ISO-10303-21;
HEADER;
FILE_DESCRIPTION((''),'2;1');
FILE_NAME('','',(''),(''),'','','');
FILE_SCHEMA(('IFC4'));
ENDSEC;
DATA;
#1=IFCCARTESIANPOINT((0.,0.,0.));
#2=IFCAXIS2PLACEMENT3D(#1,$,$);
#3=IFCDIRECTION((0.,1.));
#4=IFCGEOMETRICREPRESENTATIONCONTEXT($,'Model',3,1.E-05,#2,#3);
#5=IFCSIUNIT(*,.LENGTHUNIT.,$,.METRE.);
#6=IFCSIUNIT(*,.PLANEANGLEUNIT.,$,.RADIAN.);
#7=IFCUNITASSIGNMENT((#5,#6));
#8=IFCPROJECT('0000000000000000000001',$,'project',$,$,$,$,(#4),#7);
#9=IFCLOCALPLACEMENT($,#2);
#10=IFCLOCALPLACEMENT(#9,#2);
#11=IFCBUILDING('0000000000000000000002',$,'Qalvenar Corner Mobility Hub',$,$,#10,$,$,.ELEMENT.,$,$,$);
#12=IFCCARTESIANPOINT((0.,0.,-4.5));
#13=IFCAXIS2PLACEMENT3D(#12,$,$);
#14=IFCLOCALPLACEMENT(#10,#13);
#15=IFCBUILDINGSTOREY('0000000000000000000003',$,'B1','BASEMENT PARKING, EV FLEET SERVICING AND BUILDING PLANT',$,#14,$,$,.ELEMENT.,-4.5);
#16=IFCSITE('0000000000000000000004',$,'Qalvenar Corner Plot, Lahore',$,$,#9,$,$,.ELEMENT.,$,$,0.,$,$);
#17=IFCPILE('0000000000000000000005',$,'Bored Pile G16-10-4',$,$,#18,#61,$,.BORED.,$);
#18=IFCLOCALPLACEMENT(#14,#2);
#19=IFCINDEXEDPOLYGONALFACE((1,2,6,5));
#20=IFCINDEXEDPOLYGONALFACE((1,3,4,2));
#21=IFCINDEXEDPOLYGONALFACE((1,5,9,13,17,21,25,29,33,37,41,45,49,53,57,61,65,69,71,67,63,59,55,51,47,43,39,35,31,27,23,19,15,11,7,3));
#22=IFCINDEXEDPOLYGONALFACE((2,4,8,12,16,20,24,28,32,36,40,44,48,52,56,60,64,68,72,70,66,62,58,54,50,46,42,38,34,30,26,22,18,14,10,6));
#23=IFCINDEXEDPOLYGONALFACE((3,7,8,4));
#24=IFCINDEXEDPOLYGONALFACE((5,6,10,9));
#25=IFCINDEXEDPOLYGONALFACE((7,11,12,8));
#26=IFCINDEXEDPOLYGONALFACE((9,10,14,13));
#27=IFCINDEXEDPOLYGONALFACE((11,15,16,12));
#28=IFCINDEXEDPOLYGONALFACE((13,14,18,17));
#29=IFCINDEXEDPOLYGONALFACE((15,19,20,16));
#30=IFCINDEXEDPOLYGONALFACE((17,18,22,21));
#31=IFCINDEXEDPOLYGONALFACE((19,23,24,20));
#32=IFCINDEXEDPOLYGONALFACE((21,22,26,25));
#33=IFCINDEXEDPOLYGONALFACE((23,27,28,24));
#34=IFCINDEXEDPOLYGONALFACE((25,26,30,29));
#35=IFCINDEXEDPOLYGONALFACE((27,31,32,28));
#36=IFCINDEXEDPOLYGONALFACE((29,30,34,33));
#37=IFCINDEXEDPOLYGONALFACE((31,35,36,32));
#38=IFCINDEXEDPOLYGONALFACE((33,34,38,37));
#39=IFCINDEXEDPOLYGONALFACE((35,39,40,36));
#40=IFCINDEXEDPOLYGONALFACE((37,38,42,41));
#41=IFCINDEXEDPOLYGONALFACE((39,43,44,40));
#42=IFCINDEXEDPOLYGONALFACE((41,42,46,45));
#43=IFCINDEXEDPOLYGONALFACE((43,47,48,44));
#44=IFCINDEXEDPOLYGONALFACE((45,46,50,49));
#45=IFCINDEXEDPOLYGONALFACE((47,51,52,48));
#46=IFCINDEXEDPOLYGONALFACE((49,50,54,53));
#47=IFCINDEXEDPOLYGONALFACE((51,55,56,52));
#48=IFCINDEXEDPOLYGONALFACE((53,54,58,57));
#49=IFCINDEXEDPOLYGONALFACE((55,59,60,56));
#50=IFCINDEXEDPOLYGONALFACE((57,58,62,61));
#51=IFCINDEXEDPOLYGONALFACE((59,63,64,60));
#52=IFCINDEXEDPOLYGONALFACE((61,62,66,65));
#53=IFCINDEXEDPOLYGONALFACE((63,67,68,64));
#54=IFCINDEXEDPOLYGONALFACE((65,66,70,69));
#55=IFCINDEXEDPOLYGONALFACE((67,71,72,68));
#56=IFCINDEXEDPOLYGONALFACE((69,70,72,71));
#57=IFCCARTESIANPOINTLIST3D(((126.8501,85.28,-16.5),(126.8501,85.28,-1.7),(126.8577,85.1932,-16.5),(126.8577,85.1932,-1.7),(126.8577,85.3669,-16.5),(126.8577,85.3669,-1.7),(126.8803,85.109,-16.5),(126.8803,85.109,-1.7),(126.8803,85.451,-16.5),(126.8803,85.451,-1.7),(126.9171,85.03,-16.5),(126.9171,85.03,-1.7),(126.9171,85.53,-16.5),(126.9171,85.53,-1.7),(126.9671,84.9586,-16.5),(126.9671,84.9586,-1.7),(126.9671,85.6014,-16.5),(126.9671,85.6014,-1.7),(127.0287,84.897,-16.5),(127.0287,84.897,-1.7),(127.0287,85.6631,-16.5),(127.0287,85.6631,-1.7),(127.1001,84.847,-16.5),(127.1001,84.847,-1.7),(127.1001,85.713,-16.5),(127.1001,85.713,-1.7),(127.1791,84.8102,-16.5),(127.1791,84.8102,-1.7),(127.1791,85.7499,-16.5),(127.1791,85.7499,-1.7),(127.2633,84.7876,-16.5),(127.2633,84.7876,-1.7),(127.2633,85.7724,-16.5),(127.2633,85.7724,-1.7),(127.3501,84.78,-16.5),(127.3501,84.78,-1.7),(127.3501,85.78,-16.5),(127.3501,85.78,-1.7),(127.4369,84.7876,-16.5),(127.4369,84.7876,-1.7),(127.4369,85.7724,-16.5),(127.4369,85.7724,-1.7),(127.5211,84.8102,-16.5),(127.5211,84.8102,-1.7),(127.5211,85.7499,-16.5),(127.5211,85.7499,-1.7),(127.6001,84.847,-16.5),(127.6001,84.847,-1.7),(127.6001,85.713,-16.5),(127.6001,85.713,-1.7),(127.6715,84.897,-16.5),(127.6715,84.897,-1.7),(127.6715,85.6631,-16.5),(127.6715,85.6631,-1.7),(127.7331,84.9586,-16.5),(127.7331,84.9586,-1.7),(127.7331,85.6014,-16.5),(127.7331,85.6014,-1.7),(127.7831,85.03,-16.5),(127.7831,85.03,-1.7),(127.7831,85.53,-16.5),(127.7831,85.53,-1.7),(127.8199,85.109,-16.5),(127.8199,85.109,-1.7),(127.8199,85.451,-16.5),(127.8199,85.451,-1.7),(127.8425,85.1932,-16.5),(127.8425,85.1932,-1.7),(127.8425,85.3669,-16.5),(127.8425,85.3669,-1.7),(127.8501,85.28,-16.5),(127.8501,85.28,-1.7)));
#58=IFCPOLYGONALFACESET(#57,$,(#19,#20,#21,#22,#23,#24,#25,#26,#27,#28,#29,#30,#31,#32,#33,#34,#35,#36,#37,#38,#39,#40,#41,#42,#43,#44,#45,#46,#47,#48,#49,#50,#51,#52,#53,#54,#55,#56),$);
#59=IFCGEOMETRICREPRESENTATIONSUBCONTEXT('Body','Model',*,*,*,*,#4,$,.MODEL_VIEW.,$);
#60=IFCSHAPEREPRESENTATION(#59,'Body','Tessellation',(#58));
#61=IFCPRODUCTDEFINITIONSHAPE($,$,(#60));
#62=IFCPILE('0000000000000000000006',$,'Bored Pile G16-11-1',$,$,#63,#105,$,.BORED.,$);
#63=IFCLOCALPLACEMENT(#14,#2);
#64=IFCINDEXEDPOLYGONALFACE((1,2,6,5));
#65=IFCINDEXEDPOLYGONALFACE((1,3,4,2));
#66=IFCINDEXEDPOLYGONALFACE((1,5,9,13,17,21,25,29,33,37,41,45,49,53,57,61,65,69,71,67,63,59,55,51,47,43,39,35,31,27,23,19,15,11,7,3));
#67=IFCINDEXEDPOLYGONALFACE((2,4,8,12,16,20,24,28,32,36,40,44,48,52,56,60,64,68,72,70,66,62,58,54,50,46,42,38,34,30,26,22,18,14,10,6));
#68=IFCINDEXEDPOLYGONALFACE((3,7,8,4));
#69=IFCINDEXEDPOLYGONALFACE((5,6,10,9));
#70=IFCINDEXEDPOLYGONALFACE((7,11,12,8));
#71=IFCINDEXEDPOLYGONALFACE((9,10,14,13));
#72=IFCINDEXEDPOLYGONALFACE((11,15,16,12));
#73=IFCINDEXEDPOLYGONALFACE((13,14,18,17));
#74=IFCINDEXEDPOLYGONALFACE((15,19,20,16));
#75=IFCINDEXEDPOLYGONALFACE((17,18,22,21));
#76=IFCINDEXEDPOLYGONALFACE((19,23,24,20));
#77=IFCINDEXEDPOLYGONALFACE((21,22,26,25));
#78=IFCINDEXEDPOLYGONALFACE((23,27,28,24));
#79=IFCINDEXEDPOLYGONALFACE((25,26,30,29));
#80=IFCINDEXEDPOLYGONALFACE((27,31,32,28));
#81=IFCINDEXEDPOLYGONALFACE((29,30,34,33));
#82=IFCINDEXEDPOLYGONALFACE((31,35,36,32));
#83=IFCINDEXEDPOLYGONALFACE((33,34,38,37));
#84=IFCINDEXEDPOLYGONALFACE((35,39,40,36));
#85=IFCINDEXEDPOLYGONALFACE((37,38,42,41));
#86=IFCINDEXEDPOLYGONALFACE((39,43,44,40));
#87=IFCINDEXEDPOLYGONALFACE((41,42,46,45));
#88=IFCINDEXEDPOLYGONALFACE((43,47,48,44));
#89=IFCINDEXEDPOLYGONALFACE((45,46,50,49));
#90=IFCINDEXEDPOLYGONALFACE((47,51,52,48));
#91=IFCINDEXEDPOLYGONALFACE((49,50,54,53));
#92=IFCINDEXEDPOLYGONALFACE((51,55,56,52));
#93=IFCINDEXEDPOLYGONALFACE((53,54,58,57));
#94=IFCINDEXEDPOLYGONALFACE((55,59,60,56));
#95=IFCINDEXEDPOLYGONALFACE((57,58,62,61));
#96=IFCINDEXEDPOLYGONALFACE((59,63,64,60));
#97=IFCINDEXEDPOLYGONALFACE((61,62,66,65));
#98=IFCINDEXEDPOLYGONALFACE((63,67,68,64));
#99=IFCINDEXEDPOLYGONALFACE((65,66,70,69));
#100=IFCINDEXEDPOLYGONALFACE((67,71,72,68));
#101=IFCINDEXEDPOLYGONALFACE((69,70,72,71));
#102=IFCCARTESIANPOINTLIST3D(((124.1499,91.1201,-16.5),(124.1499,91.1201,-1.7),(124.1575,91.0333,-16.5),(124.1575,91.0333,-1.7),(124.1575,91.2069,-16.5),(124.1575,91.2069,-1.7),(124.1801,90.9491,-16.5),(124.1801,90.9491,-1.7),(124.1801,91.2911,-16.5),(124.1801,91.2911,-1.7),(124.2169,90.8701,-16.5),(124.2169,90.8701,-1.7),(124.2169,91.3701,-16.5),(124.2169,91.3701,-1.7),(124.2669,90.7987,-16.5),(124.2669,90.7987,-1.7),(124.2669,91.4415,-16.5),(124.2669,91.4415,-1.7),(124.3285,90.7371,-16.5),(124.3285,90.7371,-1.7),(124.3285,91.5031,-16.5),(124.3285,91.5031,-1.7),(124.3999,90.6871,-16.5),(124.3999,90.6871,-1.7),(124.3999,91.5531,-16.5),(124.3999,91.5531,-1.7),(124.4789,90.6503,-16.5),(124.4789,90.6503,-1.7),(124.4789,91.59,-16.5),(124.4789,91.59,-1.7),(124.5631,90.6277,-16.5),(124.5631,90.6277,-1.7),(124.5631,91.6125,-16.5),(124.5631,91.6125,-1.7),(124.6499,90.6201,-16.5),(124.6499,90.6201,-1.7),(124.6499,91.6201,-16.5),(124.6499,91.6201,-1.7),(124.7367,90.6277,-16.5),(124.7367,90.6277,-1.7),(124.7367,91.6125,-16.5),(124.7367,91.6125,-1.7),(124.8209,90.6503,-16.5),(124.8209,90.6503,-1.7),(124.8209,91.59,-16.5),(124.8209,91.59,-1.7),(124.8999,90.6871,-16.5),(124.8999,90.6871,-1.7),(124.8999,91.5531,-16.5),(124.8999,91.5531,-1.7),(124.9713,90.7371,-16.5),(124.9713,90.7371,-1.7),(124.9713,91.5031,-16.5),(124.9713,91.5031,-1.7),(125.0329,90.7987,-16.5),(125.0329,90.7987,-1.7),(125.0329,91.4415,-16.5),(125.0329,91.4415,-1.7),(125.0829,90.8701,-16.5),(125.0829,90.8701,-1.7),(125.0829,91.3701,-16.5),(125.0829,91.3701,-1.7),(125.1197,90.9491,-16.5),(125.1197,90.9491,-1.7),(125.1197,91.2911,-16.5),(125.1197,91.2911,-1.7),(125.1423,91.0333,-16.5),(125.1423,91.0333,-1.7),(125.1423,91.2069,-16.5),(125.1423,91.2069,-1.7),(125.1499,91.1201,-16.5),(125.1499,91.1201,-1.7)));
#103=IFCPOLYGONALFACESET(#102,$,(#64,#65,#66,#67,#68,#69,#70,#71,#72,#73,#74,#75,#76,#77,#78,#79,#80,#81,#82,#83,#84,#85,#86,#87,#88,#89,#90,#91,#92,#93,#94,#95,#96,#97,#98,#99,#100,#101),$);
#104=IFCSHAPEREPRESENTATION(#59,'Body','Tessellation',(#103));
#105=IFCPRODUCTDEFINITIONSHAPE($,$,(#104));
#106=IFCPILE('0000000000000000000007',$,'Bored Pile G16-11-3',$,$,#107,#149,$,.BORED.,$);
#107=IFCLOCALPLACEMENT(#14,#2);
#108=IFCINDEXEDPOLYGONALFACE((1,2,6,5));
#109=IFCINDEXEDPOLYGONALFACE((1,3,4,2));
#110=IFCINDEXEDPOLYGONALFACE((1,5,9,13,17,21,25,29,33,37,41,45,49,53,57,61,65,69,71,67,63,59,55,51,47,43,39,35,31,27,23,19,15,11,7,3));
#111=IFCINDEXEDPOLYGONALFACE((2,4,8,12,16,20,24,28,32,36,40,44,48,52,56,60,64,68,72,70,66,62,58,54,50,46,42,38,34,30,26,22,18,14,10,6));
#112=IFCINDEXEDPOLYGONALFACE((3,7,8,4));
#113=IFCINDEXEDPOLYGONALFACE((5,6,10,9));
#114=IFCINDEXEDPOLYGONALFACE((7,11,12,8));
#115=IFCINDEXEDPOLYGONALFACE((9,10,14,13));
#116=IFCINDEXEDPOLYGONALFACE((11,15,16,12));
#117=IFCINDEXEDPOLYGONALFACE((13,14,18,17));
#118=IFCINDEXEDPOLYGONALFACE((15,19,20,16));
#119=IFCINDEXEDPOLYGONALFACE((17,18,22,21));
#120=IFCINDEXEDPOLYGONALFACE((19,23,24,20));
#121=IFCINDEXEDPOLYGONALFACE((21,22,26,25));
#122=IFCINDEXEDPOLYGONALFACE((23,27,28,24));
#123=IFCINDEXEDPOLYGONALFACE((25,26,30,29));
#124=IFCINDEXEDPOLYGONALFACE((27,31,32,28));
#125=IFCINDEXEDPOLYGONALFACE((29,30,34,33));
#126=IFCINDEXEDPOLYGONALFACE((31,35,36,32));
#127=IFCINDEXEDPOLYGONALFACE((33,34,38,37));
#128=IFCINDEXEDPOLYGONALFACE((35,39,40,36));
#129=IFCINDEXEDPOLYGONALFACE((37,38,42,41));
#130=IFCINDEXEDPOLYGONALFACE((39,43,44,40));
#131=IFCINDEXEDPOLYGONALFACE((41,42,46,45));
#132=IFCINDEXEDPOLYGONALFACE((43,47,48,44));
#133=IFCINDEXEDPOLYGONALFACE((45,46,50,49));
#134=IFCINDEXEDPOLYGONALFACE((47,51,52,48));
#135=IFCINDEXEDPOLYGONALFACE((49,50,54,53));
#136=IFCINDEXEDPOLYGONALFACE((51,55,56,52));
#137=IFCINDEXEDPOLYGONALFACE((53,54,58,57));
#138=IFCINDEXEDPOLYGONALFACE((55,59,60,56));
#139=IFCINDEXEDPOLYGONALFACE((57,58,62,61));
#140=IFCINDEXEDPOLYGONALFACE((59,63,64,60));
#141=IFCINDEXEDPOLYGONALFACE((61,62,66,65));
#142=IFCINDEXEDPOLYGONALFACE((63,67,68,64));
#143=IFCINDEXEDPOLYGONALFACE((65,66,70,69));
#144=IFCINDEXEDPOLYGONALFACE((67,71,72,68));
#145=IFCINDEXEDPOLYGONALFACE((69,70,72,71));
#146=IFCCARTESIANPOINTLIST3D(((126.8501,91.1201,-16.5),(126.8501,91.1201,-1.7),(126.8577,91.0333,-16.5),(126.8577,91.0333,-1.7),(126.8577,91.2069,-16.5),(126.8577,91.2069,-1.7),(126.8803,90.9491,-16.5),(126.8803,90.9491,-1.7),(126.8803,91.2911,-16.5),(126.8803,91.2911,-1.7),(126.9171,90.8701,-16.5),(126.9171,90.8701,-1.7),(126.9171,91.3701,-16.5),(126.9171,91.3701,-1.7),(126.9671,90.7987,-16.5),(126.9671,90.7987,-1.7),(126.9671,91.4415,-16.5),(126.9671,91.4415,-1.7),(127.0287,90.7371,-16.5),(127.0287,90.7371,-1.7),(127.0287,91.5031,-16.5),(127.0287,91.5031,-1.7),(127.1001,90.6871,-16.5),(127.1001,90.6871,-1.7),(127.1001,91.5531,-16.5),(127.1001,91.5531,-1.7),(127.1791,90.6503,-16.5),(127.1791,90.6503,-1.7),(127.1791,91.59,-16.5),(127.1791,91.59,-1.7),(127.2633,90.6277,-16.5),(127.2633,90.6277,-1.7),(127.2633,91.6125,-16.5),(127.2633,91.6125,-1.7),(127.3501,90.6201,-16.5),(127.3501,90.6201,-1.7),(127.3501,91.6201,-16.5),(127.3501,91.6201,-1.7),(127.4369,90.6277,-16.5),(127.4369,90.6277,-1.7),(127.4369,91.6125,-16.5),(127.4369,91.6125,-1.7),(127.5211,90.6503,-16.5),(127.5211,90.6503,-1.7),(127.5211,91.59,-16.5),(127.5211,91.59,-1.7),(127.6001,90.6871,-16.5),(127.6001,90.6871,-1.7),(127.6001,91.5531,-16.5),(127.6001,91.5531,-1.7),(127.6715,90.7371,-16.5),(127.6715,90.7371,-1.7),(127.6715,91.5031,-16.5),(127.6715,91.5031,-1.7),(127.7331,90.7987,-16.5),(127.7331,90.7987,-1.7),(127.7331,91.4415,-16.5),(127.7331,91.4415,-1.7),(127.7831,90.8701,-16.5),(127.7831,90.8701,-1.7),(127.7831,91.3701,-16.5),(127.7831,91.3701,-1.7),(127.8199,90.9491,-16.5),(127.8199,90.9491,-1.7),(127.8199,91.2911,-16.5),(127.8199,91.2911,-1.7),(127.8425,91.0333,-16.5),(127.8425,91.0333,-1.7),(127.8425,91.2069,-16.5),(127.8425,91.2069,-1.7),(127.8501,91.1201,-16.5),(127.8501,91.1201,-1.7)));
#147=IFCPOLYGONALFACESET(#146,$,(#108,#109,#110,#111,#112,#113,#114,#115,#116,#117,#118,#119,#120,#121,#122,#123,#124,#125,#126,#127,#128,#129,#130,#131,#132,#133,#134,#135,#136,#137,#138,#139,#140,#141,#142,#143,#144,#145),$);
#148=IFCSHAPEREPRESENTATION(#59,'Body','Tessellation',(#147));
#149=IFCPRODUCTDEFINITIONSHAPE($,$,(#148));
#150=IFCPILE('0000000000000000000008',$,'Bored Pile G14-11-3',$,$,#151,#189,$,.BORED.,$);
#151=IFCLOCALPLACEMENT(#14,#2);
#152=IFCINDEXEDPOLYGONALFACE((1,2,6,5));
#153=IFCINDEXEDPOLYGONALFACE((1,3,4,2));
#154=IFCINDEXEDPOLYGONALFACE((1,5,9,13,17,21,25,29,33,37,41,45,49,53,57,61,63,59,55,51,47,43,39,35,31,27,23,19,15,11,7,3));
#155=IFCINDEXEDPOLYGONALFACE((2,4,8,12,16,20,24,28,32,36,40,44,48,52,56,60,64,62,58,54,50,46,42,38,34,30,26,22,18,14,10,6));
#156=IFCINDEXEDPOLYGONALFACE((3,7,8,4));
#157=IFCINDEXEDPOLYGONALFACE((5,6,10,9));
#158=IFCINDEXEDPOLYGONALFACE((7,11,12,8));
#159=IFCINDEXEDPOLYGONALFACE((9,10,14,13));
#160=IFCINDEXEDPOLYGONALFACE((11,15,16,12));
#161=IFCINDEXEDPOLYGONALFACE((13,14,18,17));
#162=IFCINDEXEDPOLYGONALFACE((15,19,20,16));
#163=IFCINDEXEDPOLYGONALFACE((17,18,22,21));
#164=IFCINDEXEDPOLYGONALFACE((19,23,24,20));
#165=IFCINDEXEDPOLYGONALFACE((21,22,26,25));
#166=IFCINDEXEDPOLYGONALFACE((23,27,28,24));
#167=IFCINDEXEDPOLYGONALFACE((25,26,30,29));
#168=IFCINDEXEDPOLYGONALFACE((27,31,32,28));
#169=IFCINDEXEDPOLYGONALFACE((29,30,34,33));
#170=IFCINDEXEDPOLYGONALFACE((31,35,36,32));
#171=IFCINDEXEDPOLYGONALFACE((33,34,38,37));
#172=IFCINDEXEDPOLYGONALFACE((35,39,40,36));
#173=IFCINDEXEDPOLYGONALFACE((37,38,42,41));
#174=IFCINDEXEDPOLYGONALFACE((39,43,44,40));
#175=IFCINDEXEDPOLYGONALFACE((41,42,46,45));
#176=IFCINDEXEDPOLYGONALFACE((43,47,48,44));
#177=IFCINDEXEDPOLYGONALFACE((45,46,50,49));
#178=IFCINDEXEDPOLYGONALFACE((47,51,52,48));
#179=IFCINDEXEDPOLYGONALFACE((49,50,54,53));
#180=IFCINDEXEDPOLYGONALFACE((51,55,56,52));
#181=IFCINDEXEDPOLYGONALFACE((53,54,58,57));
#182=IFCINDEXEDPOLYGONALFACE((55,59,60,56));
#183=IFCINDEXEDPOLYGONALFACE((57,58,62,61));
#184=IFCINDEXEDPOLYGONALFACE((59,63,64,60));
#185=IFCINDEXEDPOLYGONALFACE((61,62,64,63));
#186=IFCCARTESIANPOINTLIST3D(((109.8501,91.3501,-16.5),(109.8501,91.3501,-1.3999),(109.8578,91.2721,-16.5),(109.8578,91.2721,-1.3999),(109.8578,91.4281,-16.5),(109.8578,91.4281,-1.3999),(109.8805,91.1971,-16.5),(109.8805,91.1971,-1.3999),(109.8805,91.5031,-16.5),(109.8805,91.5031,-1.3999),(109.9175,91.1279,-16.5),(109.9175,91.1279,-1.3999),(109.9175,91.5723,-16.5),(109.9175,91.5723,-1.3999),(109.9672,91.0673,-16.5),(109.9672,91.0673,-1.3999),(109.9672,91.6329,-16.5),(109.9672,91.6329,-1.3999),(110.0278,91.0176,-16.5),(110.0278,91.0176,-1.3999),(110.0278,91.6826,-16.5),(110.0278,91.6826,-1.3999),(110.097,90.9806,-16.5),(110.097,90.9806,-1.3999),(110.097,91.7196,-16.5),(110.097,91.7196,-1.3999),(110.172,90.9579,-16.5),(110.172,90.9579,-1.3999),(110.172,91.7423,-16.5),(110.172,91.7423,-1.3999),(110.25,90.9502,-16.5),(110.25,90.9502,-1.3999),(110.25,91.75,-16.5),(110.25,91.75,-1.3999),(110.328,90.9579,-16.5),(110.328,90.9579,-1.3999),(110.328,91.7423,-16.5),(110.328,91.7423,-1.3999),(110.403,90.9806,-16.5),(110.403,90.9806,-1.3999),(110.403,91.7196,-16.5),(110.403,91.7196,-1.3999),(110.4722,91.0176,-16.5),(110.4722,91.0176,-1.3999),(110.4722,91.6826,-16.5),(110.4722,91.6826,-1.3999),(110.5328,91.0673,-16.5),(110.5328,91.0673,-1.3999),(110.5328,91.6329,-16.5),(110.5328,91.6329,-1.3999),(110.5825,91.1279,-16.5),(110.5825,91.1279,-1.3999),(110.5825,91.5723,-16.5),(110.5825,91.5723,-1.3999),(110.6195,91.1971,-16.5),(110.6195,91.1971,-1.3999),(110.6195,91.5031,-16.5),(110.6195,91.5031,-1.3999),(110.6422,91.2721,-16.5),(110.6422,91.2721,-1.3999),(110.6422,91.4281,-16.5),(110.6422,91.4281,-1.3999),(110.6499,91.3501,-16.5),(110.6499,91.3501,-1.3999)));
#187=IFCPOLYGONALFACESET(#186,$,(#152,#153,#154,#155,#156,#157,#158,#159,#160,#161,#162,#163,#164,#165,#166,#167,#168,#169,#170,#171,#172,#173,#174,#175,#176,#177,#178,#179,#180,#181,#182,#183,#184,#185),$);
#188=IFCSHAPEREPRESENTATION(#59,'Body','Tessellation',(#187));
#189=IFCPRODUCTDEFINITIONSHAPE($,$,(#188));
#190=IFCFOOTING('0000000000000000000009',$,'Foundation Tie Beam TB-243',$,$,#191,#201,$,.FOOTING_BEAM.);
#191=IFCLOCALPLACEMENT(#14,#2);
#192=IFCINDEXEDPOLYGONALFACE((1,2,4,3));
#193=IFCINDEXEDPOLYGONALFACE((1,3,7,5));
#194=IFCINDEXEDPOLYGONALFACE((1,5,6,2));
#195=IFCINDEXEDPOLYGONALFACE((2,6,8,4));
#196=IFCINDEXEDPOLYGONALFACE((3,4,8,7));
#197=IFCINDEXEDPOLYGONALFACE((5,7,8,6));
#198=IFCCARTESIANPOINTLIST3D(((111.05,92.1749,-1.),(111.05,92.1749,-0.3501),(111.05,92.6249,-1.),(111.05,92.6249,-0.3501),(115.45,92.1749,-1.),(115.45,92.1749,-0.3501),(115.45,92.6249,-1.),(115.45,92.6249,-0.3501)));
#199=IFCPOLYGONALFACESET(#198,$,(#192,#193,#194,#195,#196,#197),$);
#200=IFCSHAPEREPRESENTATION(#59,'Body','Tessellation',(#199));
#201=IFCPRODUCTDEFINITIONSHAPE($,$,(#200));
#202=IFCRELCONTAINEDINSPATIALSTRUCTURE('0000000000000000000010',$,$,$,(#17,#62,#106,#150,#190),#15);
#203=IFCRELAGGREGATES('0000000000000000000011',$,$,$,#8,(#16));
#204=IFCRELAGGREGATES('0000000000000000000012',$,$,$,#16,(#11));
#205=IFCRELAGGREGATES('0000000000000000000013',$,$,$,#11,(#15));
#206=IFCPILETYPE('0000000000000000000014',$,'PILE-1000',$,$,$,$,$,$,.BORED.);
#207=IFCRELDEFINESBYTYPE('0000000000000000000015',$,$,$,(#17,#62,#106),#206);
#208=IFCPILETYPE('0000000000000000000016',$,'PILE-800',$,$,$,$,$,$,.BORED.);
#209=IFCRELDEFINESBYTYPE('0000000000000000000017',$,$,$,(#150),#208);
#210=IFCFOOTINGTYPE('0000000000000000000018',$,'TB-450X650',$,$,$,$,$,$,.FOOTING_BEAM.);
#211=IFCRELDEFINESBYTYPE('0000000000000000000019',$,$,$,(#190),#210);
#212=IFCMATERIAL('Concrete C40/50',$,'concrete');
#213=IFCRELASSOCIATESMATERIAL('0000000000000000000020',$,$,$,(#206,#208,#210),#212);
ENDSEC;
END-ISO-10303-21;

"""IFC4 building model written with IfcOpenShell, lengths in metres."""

from ifc_helpers import new_model, si_unit, direction, frame, origin, origin_2d, place, context, subcontext, project, spatial, rectangle, circle, extrude, material, material_profile, profile_set, type_object, element, save


model = new_model("IFC4")

# Units and contexts
model_context = context("Model", 3, precision=1e-05, world=origin(), true_north=direction((0.0, 1.0)))
body_context = subcontext(model_context, "Body", "Model", "MODEL_VIEW")
ifc_project = project(units=[si_unit("LENGTHUNIT", "METRE"), si_unit("PLANEANGLEUNIT", "RADIAN")], contexts=[model_context])

# Site, building, storey
site_placement = place(None, origin())
site = spatial("IfcSite", under=ifc_project, at=site_placement, Name="Qalvenar Corner Plot, Lahore", CompositionType="ELEMENT", RefElevation=0.0)
building_placement = place(site_placement, origin())
building = spatial("IfcBuilding", under=site, at=building_placement, Name="Qalvenar Corner Mobility Hub", CompositionType="ELEMENT")
storey_placement = place(building_placement, frame((0.0, 0.0, -4.5)))
storey = spatial("IfcBuildingStorey", under=building, at=storey_placement, Name="B1", Description="BASEMENT PARKING, EV FLEET SERVICING AND BUILDING PLANT", CompositionType="ELEMENT", Elevation=-4.5)

# Shared definitions
ifc_material_1 = material(Name="Concrete C40/50", Category="concrete")

# Piles
ifc_material_profile_1 = material_profile(ifc_material_1, circle(Radius=0.5, at=origin_2d()), Name="DIA1000")
ifc_profile_set_1 = profile_set([ifc_material_profile_1], Name="Concrete C40/50")
pile_type_1 = type_object("IfcPileType", Name="PILE-1000", PredefinedType="BORED", material=ifc_profile_set_1)
for number, where, z_axis, x_axis, name in (
    (1, (127.3501, 85.28, -1.7), (0.0, 0.0, -1.0), (1.0, 0.0, 0.0), "Bored Pile G16-10-4"),
    (2, (124.6499, 91.1201, -1.7), (0.0, 0.0, -1.0), (1.0, 0.0, 0.0), "Bored Pile G16-11-1"),
    (3, (127.3501, 91.1201, -1.7), (0.0, 0.0, -1.0), (1.0, 0.0, 0.0), "Bored Pile G16-11-3"),
):
    element("IfcPile", number, at=place(storey_placement, frame(where, z_axis=z_axis, x_axis=x_axis)), inside=storey, type_object=pile_type_1, Name=name, PredefinedType="BORED", context=body_context, shape_type="SweptSolid", body=[
        extrude(circle(Radius=0.5, at=origin_2d()), origin(), (0.0, 0.0, 1.0), 14.8),
    ])
ifc_material_profile_2 = material_profile(ifc_material_1, circle(Radius=0.3999, at=origin_2d()), Name="DIA800")
ifc_profile_set_2 = profile_set([ifc_material_profile_2], Name="Concrete C40/50")
pile_type_2 = type_object("IfcPileType", Name="PILE-800", PredefinedType="BORED", material=ifc_profile_set_2)
pile_placement = place(storey_placement, frame((110.25, 91.3501, -1.3999), z_axis=(0.0, 0.0, -1.0), x_axis=(1.0, 0.0, 0.0)))
element("IfcPile", 4, at=pile_placement, inside=storey, type_object=pile_type_2, Name="Bored Pile G14-11-3", PredefinedType="BORED", context=body_context, shape_type="SweptSolid", body=[
    extrude(circle(Radius=0.3999, at=origin_2d()), origin(), (0.0, 0.0, 1.0), 15.1001),
])

# Footing
ifc_material_profile_3 = material_profile(ifc_material_1, rectangle(XDim=0.45, YDim=0.6499, at=origin_2d()), Name="RC450x650")
ifc_profile_set_3 = profile_set([ifc_material_profile_3], Name="Concrete C40/50")
footing_type_1 = type_object("IfcFootingType", Name="TB-450X650", PredefinedType="FOOTING_BEAM", material=ifc_profile_set_3)
footing_1_placement = place(storey_placement, frame((111.05, 92.3999, -0.675), z_axis=(1.0, 0.0, 0.0), x_axis=(0.0, 1.0, 0.0)))
element("IfcFooting", 5, at=footing_1_placement, inside=storey, type_object=footing_type_1, Name="Foundation Tie Beam TB-243", PredefinedType="FOOTING_BEAM", context=body_context, shape_type="SweptSolid", body=[
    extrude(rectangle(XDim=0.45, YDim=0.6499, at=origin_2d()), origin(), (0.0, 0.0, 1.0), 4.3999),
])

save(model, "model.ifc")
